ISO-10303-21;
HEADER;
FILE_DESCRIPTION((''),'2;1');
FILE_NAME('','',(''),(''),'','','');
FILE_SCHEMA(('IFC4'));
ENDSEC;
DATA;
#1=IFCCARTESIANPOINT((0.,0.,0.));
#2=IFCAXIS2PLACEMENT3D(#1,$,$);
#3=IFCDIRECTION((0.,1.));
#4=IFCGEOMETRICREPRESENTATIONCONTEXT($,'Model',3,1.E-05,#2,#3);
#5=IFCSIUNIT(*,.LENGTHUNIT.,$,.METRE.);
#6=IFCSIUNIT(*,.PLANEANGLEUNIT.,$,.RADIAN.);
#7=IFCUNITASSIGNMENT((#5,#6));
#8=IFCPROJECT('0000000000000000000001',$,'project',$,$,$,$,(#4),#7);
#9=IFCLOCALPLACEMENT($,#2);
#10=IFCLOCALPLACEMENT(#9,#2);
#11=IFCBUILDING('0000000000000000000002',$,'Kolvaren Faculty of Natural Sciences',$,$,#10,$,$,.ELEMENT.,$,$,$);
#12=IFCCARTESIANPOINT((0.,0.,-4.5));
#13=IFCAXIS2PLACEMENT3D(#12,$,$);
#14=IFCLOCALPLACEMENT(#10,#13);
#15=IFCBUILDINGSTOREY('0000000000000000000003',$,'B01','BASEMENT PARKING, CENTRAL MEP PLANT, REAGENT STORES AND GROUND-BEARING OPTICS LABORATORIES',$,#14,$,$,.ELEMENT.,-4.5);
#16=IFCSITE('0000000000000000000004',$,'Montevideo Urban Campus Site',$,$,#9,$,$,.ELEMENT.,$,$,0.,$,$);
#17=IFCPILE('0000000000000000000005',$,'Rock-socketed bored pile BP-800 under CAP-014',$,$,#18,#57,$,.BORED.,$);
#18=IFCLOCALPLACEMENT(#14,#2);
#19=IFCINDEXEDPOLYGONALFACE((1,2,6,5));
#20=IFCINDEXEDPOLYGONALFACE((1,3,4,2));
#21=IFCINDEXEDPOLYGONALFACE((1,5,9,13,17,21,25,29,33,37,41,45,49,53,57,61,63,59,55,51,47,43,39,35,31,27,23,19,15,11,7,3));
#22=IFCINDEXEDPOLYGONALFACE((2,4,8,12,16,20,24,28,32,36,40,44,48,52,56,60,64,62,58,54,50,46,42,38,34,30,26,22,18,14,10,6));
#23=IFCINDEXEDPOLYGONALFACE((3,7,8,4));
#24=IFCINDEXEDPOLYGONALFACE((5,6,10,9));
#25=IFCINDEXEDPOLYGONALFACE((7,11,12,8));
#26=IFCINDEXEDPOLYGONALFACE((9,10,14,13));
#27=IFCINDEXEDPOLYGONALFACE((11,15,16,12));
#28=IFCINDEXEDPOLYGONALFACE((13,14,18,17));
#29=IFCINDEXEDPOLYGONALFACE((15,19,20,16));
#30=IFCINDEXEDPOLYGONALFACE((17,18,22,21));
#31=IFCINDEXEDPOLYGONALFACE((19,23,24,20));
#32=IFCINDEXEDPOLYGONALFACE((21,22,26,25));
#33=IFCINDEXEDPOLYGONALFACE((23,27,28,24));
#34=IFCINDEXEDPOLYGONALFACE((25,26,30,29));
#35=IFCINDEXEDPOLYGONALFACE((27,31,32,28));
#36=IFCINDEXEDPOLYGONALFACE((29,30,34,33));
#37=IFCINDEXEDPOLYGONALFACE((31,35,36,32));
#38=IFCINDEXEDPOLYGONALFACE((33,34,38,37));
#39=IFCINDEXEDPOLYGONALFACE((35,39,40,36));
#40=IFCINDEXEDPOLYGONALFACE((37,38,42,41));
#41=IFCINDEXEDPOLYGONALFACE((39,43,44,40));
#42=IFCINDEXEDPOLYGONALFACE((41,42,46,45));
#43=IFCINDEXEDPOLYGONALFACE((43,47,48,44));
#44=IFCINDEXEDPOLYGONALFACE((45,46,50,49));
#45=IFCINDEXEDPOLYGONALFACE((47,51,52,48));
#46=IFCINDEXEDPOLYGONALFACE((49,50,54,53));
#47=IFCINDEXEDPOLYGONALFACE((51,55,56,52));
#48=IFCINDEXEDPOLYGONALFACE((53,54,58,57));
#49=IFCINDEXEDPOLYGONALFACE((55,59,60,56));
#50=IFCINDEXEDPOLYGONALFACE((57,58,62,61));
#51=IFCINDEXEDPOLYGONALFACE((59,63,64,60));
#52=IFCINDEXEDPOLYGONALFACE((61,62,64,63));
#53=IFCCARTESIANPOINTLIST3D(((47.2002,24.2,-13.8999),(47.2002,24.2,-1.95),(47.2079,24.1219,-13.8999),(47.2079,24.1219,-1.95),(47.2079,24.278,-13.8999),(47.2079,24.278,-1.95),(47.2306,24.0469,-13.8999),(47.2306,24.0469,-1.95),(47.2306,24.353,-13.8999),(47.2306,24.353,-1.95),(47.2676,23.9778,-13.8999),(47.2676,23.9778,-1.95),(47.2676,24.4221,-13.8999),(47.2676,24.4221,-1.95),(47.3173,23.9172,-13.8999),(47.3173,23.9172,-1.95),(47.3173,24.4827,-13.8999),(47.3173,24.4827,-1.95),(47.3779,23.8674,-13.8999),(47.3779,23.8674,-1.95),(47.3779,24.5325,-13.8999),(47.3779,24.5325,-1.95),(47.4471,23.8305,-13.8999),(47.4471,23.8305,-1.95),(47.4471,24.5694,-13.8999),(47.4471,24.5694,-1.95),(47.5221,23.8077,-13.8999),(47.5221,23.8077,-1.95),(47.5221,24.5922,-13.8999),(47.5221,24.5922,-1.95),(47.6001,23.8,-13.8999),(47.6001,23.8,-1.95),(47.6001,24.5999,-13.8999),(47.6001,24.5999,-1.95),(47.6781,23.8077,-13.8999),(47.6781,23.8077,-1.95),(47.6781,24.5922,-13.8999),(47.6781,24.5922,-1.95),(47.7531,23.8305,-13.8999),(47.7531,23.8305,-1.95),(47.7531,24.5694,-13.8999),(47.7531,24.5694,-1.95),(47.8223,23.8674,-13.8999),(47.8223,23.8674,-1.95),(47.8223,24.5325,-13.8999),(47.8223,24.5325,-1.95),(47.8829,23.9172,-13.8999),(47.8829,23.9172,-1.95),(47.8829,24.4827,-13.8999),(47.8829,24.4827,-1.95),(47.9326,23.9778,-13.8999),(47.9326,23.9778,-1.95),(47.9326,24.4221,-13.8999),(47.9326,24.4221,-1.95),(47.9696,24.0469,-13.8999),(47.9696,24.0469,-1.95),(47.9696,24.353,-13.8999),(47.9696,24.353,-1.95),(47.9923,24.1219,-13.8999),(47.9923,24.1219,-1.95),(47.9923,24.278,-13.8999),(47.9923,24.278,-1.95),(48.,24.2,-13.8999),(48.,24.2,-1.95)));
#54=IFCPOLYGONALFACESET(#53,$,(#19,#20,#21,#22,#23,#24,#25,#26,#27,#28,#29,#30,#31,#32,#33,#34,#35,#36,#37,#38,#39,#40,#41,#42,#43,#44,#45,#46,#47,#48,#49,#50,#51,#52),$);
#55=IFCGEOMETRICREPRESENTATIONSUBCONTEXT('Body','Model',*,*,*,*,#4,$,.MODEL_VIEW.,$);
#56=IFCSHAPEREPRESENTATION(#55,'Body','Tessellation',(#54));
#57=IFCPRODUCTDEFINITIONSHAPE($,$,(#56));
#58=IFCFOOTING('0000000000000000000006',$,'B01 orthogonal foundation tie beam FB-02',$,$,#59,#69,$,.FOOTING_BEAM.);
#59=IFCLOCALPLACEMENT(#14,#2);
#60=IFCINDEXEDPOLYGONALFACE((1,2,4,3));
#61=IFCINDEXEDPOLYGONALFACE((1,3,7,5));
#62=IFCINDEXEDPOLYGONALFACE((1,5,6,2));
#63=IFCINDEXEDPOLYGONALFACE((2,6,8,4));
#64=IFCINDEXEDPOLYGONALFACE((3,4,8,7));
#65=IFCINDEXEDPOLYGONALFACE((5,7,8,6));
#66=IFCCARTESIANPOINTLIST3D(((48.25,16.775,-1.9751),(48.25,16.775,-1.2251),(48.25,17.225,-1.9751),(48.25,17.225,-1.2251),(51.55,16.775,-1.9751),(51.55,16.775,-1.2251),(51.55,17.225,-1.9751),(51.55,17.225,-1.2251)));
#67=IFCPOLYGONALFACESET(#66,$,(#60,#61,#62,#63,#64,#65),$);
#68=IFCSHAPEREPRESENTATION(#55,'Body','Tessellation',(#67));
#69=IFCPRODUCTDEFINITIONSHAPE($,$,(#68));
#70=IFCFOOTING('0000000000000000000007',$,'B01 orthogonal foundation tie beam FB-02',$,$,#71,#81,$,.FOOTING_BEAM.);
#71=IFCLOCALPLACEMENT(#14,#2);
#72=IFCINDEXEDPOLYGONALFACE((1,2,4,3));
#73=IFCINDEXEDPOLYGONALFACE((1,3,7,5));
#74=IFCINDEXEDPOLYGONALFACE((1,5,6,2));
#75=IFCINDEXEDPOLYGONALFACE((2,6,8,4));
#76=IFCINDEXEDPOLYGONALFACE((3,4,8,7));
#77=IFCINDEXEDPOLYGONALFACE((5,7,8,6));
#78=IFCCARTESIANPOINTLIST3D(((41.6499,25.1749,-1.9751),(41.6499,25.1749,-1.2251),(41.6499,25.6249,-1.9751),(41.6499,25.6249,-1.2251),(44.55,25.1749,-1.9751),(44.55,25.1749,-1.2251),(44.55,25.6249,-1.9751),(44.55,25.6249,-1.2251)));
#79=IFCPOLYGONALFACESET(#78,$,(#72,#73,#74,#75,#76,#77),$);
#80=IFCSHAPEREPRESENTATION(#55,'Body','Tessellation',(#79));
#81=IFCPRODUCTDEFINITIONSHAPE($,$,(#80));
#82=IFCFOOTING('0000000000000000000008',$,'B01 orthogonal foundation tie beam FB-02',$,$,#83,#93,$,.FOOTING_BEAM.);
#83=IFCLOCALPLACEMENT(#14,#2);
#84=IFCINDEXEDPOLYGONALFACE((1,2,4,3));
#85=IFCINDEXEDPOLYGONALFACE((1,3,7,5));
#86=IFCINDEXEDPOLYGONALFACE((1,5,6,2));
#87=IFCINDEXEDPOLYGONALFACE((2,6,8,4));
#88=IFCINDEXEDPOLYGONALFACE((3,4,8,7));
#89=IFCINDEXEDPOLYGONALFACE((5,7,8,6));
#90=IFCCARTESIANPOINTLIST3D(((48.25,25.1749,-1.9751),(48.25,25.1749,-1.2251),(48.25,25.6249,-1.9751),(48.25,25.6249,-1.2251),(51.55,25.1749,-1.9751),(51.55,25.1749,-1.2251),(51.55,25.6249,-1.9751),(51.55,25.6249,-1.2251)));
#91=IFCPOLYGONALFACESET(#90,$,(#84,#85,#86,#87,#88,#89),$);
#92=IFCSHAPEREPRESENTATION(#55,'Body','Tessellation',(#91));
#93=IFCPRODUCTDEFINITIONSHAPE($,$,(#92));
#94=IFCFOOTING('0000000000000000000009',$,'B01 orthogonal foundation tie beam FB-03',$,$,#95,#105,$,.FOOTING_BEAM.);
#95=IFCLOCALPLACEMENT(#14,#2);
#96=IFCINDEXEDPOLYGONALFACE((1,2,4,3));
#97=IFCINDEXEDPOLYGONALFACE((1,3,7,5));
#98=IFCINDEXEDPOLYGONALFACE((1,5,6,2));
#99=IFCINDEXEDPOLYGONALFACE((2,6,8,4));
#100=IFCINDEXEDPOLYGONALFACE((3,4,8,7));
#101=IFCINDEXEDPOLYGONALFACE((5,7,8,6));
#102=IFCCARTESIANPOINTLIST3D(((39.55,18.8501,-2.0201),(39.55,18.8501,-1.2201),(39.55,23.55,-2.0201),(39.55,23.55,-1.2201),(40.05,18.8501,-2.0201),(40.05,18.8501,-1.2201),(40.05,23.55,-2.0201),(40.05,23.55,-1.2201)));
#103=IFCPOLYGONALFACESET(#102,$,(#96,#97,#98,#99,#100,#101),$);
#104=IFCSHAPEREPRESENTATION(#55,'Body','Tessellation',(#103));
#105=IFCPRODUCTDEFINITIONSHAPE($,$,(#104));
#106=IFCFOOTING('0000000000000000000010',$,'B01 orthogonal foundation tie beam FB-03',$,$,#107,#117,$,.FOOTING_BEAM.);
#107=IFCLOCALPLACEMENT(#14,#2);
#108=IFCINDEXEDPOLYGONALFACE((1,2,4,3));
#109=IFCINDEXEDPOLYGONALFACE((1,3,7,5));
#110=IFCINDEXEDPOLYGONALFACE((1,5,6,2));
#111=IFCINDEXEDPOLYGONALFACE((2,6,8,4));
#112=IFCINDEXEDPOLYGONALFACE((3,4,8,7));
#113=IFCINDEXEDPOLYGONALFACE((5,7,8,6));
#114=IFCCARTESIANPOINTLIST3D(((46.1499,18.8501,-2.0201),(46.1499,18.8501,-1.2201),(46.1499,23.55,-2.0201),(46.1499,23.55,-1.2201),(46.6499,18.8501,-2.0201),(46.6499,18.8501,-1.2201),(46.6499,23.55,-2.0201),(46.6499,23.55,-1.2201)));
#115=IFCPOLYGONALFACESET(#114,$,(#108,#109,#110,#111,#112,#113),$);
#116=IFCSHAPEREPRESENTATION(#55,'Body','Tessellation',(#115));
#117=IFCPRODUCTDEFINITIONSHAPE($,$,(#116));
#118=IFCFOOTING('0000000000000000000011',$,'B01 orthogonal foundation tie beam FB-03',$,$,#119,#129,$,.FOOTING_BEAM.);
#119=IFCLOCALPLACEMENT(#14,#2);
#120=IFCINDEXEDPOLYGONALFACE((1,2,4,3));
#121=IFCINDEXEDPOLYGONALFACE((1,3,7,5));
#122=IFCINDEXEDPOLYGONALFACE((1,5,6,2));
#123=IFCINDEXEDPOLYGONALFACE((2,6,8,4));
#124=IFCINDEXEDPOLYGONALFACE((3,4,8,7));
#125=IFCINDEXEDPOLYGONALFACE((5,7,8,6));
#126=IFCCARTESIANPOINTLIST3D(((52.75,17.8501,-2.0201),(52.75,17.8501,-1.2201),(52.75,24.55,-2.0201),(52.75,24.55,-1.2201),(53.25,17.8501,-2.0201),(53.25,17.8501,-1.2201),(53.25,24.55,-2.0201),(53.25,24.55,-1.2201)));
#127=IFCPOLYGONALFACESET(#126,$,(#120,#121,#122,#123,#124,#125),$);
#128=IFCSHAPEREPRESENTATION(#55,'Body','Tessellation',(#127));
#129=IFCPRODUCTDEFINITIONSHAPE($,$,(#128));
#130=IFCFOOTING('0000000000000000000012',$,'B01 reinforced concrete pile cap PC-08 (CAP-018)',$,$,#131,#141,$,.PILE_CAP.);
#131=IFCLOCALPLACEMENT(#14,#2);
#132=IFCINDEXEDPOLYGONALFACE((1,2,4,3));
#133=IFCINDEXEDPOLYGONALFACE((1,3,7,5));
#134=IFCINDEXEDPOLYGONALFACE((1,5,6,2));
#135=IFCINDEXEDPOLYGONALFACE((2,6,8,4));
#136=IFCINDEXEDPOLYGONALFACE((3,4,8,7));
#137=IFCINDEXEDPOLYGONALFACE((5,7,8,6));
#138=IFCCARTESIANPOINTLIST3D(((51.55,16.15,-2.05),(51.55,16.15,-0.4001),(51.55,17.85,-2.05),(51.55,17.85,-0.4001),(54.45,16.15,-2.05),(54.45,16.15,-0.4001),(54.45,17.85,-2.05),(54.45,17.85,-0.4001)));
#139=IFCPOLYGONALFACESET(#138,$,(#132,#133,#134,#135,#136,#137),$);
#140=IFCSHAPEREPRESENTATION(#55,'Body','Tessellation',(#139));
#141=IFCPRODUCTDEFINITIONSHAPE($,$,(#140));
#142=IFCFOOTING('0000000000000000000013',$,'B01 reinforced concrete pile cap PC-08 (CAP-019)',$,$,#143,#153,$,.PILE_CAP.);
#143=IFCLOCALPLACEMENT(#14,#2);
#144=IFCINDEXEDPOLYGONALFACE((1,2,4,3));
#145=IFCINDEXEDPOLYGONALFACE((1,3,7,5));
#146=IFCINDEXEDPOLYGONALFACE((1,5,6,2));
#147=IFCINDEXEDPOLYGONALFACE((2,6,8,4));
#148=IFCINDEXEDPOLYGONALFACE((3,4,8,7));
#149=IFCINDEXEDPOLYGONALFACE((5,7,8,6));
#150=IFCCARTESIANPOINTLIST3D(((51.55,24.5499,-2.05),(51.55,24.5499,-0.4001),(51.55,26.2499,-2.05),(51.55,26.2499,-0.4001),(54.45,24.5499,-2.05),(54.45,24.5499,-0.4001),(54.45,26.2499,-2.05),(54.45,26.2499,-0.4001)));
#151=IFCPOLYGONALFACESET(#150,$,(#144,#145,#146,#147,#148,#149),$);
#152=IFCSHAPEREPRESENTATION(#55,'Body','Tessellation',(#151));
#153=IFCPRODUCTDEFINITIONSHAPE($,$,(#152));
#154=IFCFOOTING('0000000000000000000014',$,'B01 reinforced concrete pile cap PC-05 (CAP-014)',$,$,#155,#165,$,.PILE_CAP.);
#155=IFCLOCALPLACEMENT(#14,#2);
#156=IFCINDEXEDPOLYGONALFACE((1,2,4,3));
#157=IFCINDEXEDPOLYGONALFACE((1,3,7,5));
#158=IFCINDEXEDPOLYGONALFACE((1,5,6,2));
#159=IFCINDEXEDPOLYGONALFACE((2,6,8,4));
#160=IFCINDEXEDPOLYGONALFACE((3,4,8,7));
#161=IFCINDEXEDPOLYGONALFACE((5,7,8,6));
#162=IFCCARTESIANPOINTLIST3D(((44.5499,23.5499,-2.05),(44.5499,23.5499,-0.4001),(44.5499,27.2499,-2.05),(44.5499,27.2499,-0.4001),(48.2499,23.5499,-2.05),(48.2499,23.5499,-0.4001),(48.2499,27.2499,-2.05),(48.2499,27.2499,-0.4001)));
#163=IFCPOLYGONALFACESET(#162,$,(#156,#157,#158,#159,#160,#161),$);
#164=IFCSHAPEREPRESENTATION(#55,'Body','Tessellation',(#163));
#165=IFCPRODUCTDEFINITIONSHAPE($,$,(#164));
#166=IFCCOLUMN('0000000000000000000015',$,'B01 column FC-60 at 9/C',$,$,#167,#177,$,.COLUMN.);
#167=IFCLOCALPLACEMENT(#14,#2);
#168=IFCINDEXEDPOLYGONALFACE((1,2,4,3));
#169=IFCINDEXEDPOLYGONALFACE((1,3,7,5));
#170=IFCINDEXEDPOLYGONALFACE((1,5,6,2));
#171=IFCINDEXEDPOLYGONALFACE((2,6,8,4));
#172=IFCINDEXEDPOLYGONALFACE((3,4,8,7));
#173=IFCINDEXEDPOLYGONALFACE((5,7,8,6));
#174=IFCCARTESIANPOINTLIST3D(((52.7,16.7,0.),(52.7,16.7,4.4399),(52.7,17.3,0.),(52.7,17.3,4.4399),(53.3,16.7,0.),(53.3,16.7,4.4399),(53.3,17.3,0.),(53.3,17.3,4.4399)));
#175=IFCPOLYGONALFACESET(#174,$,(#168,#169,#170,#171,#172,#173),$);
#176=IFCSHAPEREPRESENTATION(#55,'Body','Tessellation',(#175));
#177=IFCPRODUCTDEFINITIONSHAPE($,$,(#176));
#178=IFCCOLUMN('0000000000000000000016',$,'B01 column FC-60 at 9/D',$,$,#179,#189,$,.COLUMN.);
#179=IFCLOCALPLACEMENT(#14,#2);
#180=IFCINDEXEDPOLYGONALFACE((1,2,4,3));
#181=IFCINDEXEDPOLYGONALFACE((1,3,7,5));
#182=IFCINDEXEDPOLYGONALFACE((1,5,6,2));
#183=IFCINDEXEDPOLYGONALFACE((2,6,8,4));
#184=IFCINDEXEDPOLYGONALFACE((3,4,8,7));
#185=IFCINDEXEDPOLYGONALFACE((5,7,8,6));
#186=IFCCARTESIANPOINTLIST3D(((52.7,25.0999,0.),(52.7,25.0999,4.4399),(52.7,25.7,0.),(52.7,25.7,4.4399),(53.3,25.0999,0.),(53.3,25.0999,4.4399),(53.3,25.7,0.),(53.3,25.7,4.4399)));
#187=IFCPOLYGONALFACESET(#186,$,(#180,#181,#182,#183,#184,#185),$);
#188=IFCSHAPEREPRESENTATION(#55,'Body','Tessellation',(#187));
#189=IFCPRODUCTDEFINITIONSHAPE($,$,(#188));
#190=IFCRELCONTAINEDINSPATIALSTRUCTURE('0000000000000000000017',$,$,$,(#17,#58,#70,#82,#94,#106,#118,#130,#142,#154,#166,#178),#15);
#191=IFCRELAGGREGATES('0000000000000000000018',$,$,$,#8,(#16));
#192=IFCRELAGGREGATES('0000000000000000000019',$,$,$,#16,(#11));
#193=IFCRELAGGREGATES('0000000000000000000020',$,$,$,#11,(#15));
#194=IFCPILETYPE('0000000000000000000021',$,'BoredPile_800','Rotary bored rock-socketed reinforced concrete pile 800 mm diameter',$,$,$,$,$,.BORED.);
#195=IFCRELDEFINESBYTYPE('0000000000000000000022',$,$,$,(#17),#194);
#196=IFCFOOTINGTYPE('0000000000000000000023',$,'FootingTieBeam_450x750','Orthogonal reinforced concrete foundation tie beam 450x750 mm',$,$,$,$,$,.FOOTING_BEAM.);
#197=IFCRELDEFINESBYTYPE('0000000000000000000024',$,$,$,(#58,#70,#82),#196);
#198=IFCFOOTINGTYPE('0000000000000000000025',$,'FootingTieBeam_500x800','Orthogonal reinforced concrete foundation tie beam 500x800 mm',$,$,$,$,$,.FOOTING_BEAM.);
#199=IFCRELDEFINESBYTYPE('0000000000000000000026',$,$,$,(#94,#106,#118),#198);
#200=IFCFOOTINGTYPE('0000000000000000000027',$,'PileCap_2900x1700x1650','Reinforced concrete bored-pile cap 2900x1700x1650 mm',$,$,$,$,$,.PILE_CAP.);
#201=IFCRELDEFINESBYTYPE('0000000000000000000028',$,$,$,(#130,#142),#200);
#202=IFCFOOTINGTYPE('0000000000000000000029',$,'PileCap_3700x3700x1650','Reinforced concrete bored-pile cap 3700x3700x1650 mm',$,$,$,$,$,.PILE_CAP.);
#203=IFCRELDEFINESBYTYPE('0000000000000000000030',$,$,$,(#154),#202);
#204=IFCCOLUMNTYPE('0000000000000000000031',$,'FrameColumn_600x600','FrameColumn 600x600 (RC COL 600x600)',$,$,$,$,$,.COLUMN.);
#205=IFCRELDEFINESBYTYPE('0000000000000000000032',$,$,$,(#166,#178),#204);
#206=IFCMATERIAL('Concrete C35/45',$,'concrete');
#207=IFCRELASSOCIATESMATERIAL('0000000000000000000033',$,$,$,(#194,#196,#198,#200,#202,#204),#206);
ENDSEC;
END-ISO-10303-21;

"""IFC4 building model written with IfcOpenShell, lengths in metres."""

from ifc_helpers import new_model, si_unit, direction, frame, origin, origin_2d, place, context, subcontext, project, spatial, rectangle, circle, extrude, material, material_profile, profile_set, type_object, element, save


model = new_model("IFC4")

# Units and contexts
model_context = context("Model", 3, precision=1e-05, world=origin(), true_north=direction((0.0, 1.0)))
body_context = subcontext(model_context, "Body", "Model", "MODEL_VIEW")
ifc_project = project(units=[si_unit("LENGTHUNIT", "METRE"), si_unit("PLANEANGLEUNIT", "RADIAN")], contexts=[model_context])

# Site, building, storey
site_placement = place(None, origin())
site = spatial("IfcSite", under=ifc_project, at=site_placement, Name="Montevideo Urban Campus Site", CompositionType="ELEMENT", RefElevation=0.0)
building_placement = place(site_placement, origin())
building = spatial("IfcBuilding", under=site, at=building_placement, Name="Kolvaren Faculty of Natural Sciences", CompositionType="ELEMENT")
storey_placement = place(building_placement, frame((0.0, 0.0, -4.5)))
storey = spatial("IfcBuildingStorey", under=building, at=storey_placement, Name="B01", Description="BASEMENT PARKING, CENTRAL MEP PLANT, REAGENT STORES AND GROUND-BEARING OPTICS LABORATORIES", CompositionType="ELEMENT", Elevation=-4.5)

# Pile
ifc_material_1 = material(Name="Concrete C35/45", Category="concrete")
ifc_material_profile_1 = material_profile(ifc_material_1, circle(Radius=0.3999, at=origin_2d()), Name="PILE D800")
ifc_profile_set_1 = profile_set([ifc_material_profile_1], Name="Concrete C35/45")
pile_type_1 = type_object("IfcPileType", Name="BoredPile_800", Description="Rotary bored rock-socketed reinforced concrete pile 800 mm diameter", PredefinedType="BORED", material=ifc_profile_set_1)
for number, where, z_axis, x_axis, name in (
    (1, (47.6001, 24.2, -1.95), (0.0, 0.0, -1.0), (1.0, 0.0, 0.0), "Rock-socketed bored pile BP-800 under CAP-014"),
):
    element("IfcPile", number, at=place(storey_placement, frame(where, z_axis=z_axis, x_axis=x_axis)), inside=storey, type_object=pile_type_1, Name=name, PredefinedType="BORED", context=body_context, shape_type="SweptSolid", body=[
        extrude(circle(Radius=0.3999, at=origin_2d()), origin(), (0.0, 0.0, 1.0), 11.95),
    ])

# Footings
ifc_material_profile_2 = material_profile(ifc_material_1, rectangle(XDim=0.45, YDim=0.75, at=origin_2d()), Name="RC FB 450x750")
ifc_profile_set_2 = profile_set([ifc_material_profile_2], Name="Concrete C35/45")
footing_type_1 = type_object("IfcFootingType", Name="FootingTieBeam_450x750", Description="Orthogonal reinforced concrete foundation tie beam 450x750 mm", PredefinedType="FOOTING_BEAM", material=ifc_profile_set_2)
footing_1_placement = place(storey_placement, frame((48.25, 17.0, -1.6001), z_axis=(1.0, 0.0, 0.0), x_axis=(0.0, 1.0, 0.0)))
element("IfcFooting", 2, at=footing_1_placement, inside=storey, type_object=footing_type_1, Name="B01 orthogonal foundation tie beam FB-02", PredefinedType="FOOTING_BEAM", context=body_context, shape_type="SweptSolid", body=[
    extrude(rectangle(XDim=0.45, YDim=0.75, at=origin_2d()), origin(), (0.0, 0.0, 1.0), 3.3),
])
footing_2_placement = place(storey_placement, frame((41.6499, 25.3999, -1.6001), z_axis=(1.0, 0.0, 0.0), x_axis=(0.0, 1.0, 0.0)))
element("IfcFooting", 3, at=footing_2_placement, inside=storey, type_object=footing_type_1, Name="B01 orthogonal foundation tie beam FB-02", PredefinedType="FOOTING_BEAM", context=body_context, shape_type="SweptSolid", body=[
    extrude(rectangle(XDim=0.45, YDim=0.75, at=origin_2d()), origin(), (0.0, 0.0, 1.0), 2.9001),
])
footing_3_placement = place(storey_placement, frame((48.25, 25.3999, -1.6001), z_axis=(1.0, 0.0, 0.0), x_axis=(0.0, 1.0, 0.0)))
element("IfcFooting", 4, at=footing_3_placement, inside=storey, type_object=footing_type_1, Name="B01 orthogonal foundation tie beam FB-02", PredefinedType="FOOTING_BEAM", context=body_context, shape_type="SweptSolid", body=[
    extrude(rectangle(XDim=0.45, YDim=0.75, at=origin_2d()), origin(), (0.0, 0.0, 1.0), 3.3),
])
ifc_material_profile_3 = material_profile(ifc_material_1, rectangle(XDim=0.5, YDim=0.8, at=origin_2d()), Name="RC FB 500x800")
ifc_profile_set_3 = profile_set([ifc_material_profile_3], Name="Concrete C35/45")
footing_type_2 = type_object("IfcFootingType", Name="FootingTieBeam_500x800", Description="Orthogonal reinforced concrete foundation tie beam 500x800 mm", PredefinedType="FOOTING_BEAM", material=ifc_profile_set_3)
for number, where, z_axis, x_axis, name in (
    (5, (39.8, 18.8501, -1.6201), (0.0, 1.0, 0.0), (-1.0, 0.0, 0.0), "B01 orthogonal foundation tie beam FB-03"),
    (6, (46.3999, 18.8501, -1.6201), (0.0, 1.0, 0.0), (-1.0, 0.0, 0.0), "B01 orthogonal foundation tie beam FB-03"),
):
    element("IfcFooting", number, at=place(storey_placement, frame(where, z_axis=z_axis, x_axis=x_axis)), inside=storey, type_object=footing_type_2, Name=name, PredefinedType="FOOTING_BEAM", context=body_context, shape_type="SweptSolid", body=[
        extrude(rectangle(XDim=0.5, YDim=0.8, at=origin_2d()), origin(), (0.0, 0.0, 1.0), 4.7),
    ])
footing_4_placement = place(storey_placement, frame((53.0, 17.8501, -1.6201), z_axis=(0.0, 1.0, 0.0), x_axis=(-1.0, 0.0, 0.0)))
element("IfcFooting", 7, at=footing_4_placement, inside=storey, type_object=footing_type_2, Name="B01 orthogonal foundation tie beam FB-03", PredefinedType="FOOTING_BEAM", context=body_context, shape_type="SweptSolid", body=[
    extrude(rectangle(XDim=0.5, YDim=0.8, at=origin_2d()), origin(), (0.0, 0.0, 1.0), 6.7),
])
footing_type_3 = type_object("IfcFootingType", Name="PileCap_2900x1700x1650", Description="Reinforced concrete bored-pile cap 2900x1700x1650 mm", PredefinedType="PILE_CAP", material=ifc_material_1)
for number, where, z_axis, x_axis, name in (
    (8, (53.0, 17.0, -2.05), (0.0, 0.0, 1.0), (1.0, 0.0, 0.0), "B01 reinforced concrete pile cap PC-08 (CAP-018)"),
    (9, (53.0, 25.3999, -2.05), (0.0, 0.0, 1.0), (1.0, 0.0, 0.0), "B01 reinforced concrete pile cap PC-08 (CAP-019)"),
):
    element("IfcFooting", number, at=place(storey_placement, frame(where, z_axis=z_axis, x_axis=x_axis)), inside=storey, type_object=footing_type_3, Name=name, PredefinedType="PILE_CAP", context=body_context, shape_type="SweptSolid", body=[
        extrude(rectangle(XDim=2.8999, YDim=1.7, at=origin_2d()), origin(), (0.0, 0.0, 1.0), 1.6499),
    ])
footing_type_4 = type_object("IfcFootingType", Name="PileCap_3700x3700x1650", Description="Reinforced concrete bored-pile cap 3700x3700x1650 mm", PredefinedType="PILE_CAP", material=ifc_material_1)
footing_5_placement = place(storey_placement, frame((46.3999, 25.3999, -2.05), z_axis=(0.0, 0.0, 1.0), x_axis=(1.0, 0.0, 0.0)))
element("IfcFooting", 10, at=footing_5_placement, inside=storey, type_object=footing_type_4, Name="B01 reinforced concrete pile cap PC-05 (CAP-014)", PredefinedType="PILE_CAP", context=body_context, shape_type="SweptSolid", body=[
    extrude(rectangle(XDim=3.7, YDim=3.7, at=origin_2d()), origin(), (0.0, 0.0, 1.0), 1.6499),
])

# Columns
ifc_material_profile_4 = material_profile(ifc_material_1, rectangle(XDim=0.6001, YDim=0.6001, at=origin_2d()), Name="RC COL 600x600")
ifc_profile_set_4 = profile_set([ifc_material_profile_4], Name="Concrete C35/45")
column_type_1 = type_object("IfcColumnType", Name="FrameColumn_600x600", Description="FrameColumn 600x600 (RC COL 600x600)", PredefinedType="COLUMN", material=ifc_profile_set_4)
for number, where, z_axis, x_axis, name in (
    (11, (53.0, 17.0, 0.0), (0.0, 0.0, 1.0), (1.0, 0.0, 0.0), "B01 column FC-60 at 9/C"),
    (12, (53.0, 25.3999, 0.0), (0.0, 0.0, 1.0), (1.0, 0.0, 0.0), "B01 column FC-60 at 9/D"),
):
    element("IfcColumn", number, at=place(storey_placement, frame(where, z_axis=z_axis, x_axis=x_axis)), inside=storey, type_object=column_type_1, Name=name, PredefinedType="COLUMN", context=body_context, shape_type="SweptSolid", body=[
        extrude(rectangle(XDim=0.6001, YDim=0.6001, at=origin_2d()), origin(), (0.0, 0.0, 1.0), 4.4399),
    ])

save(model, "model.ifc")
